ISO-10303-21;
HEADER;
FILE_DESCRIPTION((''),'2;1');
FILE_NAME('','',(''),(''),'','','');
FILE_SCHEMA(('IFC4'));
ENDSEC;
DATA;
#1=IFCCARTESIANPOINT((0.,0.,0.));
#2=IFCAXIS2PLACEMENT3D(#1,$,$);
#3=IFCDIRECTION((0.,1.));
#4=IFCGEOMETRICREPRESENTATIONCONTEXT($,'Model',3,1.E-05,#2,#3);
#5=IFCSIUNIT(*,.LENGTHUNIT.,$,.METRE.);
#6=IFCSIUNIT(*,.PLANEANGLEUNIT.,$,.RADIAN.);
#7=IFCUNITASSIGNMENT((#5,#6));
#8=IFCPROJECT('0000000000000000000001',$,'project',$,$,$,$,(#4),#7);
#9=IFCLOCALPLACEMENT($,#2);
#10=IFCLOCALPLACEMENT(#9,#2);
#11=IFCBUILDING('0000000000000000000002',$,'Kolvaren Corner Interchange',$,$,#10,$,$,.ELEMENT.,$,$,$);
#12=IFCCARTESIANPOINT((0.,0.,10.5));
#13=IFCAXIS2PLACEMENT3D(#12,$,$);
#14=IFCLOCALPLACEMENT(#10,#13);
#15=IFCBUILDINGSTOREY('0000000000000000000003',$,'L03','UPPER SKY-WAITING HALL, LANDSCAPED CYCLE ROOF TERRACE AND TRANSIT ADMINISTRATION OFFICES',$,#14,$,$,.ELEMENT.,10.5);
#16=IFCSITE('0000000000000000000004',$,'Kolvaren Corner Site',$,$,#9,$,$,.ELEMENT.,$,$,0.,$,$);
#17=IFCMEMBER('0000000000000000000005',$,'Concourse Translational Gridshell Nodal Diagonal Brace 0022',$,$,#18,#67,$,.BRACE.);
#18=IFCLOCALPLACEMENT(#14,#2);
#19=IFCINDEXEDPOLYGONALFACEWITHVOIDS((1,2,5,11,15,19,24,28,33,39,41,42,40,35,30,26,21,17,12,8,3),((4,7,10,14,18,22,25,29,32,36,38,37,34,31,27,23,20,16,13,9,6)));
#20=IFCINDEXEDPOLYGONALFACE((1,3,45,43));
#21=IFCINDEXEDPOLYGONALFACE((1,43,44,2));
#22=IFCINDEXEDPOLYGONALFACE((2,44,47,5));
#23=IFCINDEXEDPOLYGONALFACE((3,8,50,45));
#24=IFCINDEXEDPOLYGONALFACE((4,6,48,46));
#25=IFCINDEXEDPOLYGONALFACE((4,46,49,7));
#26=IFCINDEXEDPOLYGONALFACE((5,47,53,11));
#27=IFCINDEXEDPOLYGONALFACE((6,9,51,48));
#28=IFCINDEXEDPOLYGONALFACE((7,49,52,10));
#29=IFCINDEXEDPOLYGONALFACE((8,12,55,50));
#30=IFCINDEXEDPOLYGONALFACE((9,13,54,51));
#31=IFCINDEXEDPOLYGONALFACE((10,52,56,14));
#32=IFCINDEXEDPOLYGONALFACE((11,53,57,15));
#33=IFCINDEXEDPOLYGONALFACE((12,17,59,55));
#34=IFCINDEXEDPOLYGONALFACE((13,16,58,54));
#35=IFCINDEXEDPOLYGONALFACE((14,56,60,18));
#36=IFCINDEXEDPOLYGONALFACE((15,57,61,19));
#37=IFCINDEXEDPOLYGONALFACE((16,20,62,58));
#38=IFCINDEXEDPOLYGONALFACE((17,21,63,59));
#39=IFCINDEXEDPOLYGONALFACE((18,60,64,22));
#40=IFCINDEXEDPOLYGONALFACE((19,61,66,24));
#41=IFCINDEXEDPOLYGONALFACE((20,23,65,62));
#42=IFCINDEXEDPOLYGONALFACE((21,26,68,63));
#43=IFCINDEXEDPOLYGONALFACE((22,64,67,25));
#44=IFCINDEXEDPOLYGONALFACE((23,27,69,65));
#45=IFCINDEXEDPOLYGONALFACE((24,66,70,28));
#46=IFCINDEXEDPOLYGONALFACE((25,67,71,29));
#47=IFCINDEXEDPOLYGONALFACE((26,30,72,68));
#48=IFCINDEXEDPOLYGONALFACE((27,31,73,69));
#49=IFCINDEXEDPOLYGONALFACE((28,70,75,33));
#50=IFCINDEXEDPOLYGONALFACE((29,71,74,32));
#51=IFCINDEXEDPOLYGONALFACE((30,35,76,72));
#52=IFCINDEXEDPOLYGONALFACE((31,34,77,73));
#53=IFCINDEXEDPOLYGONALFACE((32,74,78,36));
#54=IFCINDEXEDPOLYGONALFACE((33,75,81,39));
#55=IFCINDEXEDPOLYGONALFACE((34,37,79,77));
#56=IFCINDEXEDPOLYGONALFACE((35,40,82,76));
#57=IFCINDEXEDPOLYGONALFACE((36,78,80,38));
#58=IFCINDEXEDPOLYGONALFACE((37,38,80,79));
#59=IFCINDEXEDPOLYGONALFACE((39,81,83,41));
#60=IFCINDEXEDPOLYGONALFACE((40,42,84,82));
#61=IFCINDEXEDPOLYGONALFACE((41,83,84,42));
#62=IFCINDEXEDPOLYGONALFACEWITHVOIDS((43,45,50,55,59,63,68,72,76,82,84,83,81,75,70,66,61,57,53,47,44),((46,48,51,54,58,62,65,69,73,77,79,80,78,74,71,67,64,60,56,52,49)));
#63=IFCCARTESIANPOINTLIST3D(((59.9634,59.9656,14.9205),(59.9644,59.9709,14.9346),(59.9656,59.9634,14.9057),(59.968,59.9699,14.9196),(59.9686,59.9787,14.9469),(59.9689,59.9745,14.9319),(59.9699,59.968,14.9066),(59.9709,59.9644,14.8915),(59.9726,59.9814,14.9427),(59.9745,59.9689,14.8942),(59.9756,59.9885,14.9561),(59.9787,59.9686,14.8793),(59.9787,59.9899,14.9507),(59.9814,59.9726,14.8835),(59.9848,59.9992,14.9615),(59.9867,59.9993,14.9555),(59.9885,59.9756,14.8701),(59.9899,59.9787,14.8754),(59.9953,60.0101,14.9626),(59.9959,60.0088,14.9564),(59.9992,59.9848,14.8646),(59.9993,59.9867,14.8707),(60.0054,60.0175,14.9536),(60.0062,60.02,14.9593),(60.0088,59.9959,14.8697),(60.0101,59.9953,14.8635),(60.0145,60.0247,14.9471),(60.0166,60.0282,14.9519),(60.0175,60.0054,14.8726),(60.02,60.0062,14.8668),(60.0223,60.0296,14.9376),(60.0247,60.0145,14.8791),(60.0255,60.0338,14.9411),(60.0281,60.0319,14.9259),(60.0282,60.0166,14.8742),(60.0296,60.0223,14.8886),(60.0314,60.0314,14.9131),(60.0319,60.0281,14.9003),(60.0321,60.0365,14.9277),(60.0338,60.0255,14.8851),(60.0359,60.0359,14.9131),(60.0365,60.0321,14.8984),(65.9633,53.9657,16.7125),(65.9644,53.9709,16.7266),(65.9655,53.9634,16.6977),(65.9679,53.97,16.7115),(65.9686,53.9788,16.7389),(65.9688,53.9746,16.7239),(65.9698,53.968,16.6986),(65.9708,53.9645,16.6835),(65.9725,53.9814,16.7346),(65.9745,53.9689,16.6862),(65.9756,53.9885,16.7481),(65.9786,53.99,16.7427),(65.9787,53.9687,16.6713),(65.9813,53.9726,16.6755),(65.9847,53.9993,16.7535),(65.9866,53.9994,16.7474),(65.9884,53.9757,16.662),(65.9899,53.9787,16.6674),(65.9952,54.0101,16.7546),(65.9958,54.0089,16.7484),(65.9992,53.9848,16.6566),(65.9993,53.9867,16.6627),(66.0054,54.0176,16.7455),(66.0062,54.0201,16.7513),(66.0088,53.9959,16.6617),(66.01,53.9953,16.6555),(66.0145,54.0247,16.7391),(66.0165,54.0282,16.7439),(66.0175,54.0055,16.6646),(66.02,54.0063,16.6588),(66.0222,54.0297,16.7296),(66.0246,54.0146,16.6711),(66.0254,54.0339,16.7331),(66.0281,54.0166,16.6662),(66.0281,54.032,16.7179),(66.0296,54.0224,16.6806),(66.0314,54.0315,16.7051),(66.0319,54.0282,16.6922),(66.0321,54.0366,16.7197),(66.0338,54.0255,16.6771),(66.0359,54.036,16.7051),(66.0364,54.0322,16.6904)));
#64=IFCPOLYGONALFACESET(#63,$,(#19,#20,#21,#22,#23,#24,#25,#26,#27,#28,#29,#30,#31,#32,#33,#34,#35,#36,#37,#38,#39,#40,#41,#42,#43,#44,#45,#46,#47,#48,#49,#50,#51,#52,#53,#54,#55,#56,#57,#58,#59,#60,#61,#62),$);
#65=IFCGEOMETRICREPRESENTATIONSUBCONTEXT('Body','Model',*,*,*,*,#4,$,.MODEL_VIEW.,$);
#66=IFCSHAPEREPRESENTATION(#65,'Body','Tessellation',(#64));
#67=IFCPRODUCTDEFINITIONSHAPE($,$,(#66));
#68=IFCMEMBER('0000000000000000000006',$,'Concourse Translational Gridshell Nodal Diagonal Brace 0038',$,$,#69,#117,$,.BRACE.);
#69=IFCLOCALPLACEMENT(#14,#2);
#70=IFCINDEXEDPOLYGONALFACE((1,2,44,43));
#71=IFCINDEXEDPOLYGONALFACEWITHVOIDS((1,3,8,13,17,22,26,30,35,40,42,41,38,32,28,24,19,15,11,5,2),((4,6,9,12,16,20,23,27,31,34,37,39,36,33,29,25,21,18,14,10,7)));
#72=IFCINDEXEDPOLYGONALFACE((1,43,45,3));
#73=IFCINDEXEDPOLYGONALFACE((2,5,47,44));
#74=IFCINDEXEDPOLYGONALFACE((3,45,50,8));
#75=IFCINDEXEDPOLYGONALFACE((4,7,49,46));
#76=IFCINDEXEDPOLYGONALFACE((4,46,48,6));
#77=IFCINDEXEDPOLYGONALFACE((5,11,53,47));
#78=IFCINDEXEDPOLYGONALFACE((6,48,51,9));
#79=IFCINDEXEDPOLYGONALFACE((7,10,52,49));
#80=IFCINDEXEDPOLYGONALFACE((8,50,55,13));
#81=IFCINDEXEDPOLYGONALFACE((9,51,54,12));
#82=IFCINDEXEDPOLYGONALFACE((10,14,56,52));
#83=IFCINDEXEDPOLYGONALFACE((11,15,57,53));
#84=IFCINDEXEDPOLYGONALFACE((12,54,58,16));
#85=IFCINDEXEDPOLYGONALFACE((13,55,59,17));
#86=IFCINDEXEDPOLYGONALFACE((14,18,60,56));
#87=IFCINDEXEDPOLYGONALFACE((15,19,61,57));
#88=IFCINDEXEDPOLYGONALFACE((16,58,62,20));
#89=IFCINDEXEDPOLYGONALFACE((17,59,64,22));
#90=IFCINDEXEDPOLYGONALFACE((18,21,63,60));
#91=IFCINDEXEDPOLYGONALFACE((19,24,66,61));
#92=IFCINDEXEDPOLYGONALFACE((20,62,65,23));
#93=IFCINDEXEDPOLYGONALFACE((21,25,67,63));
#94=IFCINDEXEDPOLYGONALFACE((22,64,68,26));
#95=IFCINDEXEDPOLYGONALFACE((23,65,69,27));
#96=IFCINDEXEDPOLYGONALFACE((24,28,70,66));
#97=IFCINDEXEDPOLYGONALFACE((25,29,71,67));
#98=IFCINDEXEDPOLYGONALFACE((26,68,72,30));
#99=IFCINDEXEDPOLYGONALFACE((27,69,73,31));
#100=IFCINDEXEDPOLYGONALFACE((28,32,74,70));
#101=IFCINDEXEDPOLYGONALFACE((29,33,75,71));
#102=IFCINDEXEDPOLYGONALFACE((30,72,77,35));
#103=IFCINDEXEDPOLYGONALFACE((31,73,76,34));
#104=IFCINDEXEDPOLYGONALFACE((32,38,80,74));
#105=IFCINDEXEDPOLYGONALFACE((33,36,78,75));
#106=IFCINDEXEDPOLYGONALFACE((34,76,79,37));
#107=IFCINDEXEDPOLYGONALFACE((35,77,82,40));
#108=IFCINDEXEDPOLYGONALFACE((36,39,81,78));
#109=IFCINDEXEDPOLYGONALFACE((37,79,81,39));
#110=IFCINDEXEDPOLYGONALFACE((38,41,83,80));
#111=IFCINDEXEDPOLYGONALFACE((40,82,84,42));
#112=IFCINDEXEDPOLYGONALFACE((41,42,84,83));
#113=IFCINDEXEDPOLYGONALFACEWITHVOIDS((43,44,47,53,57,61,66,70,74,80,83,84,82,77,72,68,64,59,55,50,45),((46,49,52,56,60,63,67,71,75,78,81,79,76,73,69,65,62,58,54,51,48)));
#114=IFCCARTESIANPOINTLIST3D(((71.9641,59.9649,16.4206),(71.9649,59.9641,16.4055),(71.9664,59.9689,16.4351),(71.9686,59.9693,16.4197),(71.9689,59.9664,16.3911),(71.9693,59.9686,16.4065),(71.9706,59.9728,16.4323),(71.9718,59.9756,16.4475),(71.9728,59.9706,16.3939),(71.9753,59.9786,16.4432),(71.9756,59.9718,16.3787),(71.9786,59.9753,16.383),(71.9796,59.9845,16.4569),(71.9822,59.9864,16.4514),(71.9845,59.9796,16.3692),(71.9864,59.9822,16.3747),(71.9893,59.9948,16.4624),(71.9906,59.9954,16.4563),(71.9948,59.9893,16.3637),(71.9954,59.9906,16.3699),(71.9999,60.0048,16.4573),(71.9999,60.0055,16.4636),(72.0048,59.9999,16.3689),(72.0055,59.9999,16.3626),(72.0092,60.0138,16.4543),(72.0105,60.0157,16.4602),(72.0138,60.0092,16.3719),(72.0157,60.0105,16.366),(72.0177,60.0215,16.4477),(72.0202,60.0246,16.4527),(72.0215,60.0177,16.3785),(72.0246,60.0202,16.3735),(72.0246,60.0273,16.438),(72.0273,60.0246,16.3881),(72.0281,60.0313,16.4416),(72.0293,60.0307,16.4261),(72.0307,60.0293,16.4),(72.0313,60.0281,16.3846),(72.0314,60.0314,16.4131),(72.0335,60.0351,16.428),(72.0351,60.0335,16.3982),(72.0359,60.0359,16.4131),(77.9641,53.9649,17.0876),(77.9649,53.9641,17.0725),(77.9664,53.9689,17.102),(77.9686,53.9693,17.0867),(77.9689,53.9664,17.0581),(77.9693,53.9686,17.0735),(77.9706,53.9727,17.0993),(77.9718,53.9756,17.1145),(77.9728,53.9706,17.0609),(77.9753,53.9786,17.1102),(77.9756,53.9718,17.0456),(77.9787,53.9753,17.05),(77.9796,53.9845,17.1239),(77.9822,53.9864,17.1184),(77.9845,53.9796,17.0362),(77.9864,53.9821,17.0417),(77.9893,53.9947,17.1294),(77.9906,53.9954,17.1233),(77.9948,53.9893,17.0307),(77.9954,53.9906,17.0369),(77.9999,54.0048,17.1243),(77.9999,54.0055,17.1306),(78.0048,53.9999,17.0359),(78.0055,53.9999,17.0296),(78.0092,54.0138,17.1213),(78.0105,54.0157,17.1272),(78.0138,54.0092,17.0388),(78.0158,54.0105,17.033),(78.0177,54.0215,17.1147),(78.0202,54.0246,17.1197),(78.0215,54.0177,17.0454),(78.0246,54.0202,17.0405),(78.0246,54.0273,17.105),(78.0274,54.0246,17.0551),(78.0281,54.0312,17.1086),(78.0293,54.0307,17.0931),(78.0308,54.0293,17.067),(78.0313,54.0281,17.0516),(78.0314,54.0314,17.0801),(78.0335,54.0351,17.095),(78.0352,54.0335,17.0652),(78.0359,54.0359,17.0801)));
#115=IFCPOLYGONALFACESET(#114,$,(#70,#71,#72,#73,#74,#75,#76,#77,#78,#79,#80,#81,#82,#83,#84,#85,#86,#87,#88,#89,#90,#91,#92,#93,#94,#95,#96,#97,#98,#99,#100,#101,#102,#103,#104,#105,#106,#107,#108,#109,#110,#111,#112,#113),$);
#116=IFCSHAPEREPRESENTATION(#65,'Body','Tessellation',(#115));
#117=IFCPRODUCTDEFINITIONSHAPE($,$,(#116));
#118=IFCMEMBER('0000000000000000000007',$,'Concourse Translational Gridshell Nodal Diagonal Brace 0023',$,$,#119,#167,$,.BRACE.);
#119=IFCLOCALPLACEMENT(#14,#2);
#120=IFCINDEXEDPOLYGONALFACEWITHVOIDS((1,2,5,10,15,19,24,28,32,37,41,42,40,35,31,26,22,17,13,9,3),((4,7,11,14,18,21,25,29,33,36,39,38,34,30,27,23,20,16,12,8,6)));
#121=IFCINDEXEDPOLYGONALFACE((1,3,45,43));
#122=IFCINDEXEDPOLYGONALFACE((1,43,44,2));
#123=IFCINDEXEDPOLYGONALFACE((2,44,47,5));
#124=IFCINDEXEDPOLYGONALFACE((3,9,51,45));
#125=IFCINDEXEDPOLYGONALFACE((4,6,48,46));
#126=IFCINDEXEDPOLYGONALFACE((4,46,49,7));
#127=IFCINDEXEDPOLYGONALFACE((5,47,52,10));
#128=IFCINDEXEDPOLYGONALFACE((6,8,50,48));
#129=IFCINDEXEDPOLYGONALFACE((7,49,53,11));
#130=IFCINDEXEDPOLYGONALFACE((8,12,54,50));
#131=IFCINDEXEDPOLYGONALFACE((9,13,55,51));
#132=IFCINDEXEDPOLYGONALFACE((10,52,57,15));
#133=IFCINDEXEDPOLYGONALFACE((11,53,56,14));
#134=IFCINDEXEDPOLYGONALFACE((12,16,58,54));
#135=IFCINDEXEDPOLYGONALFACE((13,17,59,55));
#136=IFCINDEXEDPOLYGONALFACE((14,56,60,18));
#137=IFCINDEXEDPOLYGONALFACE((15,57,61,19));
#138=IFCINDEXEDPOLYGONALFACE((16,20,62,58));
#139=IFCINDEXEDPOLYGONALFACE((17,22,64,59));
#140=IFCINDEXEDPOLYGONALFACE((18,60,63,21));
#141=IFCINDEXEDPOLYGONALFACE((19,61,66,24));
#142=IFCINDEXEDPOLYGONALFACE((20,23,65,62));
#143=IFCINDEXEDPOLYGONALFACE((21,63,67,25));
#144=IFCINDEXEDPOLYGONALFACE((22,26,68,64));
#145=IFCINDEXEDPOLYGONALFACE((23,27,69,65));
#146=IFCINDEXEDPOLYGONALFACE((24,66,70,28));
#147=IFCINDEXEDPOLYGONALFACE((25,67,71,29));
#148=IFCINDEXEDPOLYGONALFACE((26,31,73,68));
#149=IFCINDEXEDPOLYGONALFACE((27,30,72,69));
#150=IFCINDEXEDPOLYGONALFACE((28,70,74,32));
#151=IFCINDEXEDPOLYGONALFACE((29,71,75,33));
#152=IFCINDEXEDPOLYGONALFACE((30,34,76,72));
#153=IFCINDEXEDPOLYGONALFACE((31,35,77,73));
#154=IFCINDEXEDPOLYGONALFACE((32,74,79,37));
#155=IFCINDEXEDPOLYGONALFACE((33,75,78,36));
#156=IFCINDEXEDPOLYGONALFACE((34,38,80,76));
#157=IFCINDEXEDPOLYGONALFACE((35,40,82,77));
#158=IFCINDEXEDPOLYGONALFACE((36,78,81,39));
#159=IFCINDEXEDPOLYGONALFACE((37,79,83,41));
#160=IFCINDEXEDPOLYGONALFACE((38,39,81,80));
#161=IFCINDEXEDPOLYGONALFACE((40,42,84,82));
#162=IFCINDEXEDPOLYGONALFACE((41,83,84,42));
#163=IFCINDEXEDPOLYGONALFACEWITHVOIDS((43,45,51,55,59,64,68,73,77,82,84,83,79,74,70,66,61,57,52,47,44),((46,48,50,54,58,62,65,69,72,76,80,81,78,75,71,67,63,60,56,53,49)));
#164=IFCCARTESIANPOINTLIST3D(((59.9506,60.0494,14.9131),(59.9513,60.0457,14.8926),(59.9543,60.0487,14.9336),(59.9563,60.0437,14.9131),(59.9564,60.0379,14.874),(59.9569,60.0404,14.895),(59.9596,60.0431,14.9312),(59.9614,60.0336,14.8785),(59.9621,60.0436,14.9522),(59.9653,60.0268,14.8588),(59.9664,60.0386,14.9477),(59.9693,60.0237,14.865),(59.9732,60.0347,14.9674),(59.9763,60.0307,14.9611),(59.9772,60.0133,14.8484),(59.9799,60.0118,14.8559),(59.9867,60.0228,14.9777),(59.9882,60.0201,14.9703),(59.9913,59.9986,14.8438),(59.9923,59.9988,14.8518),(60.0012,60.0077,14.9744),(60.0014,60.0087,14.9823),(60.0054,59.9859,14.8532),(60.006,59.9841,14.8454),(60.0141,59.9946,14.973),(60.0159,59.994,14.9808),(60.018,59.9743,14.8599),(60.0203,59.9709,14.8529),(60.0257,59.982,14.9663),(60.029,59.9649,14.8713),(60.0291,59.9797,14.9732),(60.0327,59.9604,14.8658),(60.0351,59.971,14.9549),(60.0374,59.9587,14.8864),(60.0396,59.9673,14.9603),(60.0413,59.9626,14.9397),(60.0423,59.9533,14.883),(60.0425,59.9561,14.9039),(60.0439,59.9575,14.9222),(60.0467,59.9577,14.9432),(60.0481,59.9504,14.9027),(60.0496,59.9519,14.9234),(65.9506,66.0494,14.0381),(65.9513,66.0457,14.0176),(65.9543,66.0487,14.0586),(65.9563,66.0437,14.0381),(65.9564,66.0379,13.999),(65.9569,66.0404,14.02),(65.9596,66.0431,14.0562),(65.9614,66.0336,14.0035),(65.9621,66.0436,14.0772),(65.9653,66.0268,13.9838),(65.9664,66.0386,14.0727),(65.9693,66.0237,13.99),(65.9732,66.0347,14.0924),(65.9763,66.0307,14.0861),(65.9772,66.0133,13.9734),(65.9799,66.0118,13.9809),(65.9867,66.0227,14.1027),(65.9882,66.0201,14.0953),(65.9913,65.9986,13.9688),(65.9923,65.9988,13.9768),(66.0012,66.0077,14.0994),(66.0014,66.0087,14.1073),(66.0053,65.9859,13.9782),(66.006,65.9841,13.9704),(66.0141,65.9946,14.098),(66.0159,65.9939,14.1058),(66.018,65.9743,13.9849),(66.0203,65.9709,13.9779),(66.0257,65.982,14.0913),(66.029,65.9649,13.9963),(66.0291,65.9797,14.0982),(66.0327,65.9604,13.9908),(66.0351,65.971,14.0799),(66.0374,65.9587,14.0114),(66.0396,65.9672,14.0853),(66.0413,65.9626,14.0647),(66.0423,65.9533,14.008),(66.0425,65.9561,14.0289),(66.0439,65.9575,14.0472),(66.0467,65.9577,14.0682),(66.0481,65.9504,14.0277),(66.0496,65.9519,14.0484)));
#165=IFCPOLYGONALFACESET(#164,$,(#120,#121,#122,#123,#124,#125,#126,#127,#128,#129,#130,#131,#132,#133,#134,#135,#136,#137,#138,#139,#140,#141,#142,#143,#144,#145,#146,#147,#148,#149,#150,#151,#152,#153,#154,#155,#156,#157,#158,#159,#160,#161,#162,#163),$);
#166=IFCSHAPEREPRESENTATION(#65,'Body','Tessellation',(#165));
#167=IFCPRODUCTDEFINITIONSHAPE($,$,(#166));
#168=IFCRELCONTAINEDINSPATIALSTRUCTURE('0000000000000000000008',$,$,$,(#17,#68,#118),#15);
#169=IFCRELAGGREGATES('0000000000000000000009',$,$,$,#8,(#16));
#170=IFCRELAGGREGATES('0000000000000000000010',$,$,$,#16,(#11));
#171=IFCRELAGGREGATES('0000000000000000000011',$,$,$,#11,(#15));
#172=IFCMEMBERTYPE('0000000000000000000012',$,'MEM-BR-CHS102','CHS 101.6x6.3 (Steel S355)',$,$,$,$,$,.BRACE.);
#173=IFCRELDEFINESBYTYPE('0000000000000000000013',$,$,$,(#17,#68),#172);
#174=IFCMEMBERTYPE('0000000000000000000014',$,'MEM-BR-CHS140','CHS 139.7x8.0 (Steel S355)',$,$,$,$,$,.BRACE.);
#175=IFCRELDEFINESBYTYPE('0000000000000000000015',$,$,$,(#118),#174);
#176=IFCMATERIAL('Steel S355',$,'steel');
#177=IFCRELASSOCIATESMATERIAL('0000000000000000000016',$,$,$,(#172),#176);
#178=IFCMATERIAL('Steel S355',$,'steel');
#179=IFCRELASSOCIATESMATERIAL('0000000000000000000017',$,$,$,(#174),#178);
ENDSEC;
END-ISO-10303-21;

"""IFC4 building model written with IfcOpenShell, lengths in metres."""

from ifc_helpers import new_model, si_unit, direction, frame, origin, origin_2d, place, context, subcontext, project, spatial, hollow_circle, extrude, material, material_profile, profile_set, type_object, element, save


model = new_model("IFC4")

# Units and contexts
model_context = context("Model", 3, precision=1e-05, world=origin(), true_north=direction((0.0, 1.0)))
body_context = subcontext(model_context, "Body", "Model", "MODEL_VIEW")
ifc_project = project(units=[si_unit("LENGTHUNIT", "METRE"), si_unit("PLANEANGLEUNIT", "RADIAN")], contexts=[model_context])

# Site, building, storey
site_placement = place(None, origin())
site = spatial("IfcSite", under=ifc_project, at=site_placement, Name="Kolvaren Corner Site", CompositionType="ELEMENT", RefElevation=0.0)
building_placement = place(site_placement, origin())
building = spatial("IfcBuilding", under=site, at=building_placement, Name="Kolvaren Corner Interchange", CompositionType="ELEMENT")
storey_placement = place(building_placement, frame((0.0, 0.0, 10.5)))
storey = spatial("IfcBuildingStorey", under=building, at=storey_placement, Name="L03", Description="UPPER SKY-WAITING HALL, LANDSCAPED CYCLE ROOF TERRACE AND TRANSIT ADMINISTRATION OFFICES", CompositionType="ELEMENT", Elevation=10.5)

# Members
ifc_material_1 = material(Name="Steel S355", Category="steel")
ifc_material_profile_1 = material_profile(ifc_material_1, hollow_circle(Radius=0.0508, WallThickness=0.0063, at=origin_2d()), Name="CHS 101.6x6.3")
ifc_profile_set_1 = profile_set([ifc_material_profile_1], Name="Steel S355")
member_type_1 = type_object("IfcMemberType", Name="MEM-BR-CHS102", Description="CHS 101.6x6.3 (Steel S355)", PredefinedType="BRACE", material=ifc_profile_set_1)
member_1_placement = place(storey_placement, frame((60.0, 60.0, 14.9131), z_axis=(0.691847, -0.691847, 0.206631), x_axis=(0.707107, 0.707107, 0.0)))
element("IfcMember", 1, at=member_1_placement, inside=storey, type_object=member_type_1, Name="Concourse Translational Gridshell Nodal Diagonal Brace 0022", PredefinedType="BRACE", context=body_context, shape_type="SweptSolid", body=[
    extrude(hollow_circle(Radius=0.0508, WallThickness=0.0063, at=origin_2d()), origin(), (0.0, 0.0, 1.0), 8.6724),
])
member_2_placement = place(storey_placement, frame((72.0, 60.0, 16.4131), z_axis=(0.704932, -0.704932, 0.078364), x_axis=(0.707107, 0.707107, 0.0)))
element("IfcMember", 2, at=member_2_placement, inside=storey, type_object=member_type_1, Name="Concourse Translational Gridshell Nodal Diagonal Brace 0038", PredefinedType="BRACE", context=body_context, shape_type="SweptSolid", body=[
    extrude(hollow_circle(Radius=0.0508, WallThickness=0.0063, at=origin_2d()), origin(), (0.0, 0.0, 1.0), 8.5115),
])
ifc_material_2 = material(Name="Steel S355", Category="steel")
ifc_material_profile_2 = material_profile(ifc_material_2, hollow_circle(Radius=0.0698, WallThickness=0.0081, at=origin_2d()), Name="CHS 139.7x8.0")
ifc_profile_set_2 = profile_set([ifc_material_profile_2], Name="Steel S355")
member_type_2 = type_object("IfcMemberType", Name="MEM-BR-CHS140", Description="CHS 139.7x8.0 (Steel S355)", PredefinedType="BRACE", material=ifc_profile_set_2)
member_3_placement = place(storey_placement, frame((60.0, 60.0, 14.9131), z_axis=(0.703377, 0.703377, -0.102576), x_axis=(-0.707107, 0.707107, 0.0)))
element("IfcMember", 3, at=member_3_placement, inside=storey, type_object=member_type_2, Name="Concourse Translational Gridshell Nodal Diagonal Brace 0023", PredefinedType="BRACE", context=body_context, shape_type="SweptSolid", body=[
    extrude(hollow_circle(Radius=0.0698, WallThickness=0.0081, at=origin_2d()), origin(), (0.0, 0.0, 1.0), 8.5303),
])

save(model, "model.ifc")
